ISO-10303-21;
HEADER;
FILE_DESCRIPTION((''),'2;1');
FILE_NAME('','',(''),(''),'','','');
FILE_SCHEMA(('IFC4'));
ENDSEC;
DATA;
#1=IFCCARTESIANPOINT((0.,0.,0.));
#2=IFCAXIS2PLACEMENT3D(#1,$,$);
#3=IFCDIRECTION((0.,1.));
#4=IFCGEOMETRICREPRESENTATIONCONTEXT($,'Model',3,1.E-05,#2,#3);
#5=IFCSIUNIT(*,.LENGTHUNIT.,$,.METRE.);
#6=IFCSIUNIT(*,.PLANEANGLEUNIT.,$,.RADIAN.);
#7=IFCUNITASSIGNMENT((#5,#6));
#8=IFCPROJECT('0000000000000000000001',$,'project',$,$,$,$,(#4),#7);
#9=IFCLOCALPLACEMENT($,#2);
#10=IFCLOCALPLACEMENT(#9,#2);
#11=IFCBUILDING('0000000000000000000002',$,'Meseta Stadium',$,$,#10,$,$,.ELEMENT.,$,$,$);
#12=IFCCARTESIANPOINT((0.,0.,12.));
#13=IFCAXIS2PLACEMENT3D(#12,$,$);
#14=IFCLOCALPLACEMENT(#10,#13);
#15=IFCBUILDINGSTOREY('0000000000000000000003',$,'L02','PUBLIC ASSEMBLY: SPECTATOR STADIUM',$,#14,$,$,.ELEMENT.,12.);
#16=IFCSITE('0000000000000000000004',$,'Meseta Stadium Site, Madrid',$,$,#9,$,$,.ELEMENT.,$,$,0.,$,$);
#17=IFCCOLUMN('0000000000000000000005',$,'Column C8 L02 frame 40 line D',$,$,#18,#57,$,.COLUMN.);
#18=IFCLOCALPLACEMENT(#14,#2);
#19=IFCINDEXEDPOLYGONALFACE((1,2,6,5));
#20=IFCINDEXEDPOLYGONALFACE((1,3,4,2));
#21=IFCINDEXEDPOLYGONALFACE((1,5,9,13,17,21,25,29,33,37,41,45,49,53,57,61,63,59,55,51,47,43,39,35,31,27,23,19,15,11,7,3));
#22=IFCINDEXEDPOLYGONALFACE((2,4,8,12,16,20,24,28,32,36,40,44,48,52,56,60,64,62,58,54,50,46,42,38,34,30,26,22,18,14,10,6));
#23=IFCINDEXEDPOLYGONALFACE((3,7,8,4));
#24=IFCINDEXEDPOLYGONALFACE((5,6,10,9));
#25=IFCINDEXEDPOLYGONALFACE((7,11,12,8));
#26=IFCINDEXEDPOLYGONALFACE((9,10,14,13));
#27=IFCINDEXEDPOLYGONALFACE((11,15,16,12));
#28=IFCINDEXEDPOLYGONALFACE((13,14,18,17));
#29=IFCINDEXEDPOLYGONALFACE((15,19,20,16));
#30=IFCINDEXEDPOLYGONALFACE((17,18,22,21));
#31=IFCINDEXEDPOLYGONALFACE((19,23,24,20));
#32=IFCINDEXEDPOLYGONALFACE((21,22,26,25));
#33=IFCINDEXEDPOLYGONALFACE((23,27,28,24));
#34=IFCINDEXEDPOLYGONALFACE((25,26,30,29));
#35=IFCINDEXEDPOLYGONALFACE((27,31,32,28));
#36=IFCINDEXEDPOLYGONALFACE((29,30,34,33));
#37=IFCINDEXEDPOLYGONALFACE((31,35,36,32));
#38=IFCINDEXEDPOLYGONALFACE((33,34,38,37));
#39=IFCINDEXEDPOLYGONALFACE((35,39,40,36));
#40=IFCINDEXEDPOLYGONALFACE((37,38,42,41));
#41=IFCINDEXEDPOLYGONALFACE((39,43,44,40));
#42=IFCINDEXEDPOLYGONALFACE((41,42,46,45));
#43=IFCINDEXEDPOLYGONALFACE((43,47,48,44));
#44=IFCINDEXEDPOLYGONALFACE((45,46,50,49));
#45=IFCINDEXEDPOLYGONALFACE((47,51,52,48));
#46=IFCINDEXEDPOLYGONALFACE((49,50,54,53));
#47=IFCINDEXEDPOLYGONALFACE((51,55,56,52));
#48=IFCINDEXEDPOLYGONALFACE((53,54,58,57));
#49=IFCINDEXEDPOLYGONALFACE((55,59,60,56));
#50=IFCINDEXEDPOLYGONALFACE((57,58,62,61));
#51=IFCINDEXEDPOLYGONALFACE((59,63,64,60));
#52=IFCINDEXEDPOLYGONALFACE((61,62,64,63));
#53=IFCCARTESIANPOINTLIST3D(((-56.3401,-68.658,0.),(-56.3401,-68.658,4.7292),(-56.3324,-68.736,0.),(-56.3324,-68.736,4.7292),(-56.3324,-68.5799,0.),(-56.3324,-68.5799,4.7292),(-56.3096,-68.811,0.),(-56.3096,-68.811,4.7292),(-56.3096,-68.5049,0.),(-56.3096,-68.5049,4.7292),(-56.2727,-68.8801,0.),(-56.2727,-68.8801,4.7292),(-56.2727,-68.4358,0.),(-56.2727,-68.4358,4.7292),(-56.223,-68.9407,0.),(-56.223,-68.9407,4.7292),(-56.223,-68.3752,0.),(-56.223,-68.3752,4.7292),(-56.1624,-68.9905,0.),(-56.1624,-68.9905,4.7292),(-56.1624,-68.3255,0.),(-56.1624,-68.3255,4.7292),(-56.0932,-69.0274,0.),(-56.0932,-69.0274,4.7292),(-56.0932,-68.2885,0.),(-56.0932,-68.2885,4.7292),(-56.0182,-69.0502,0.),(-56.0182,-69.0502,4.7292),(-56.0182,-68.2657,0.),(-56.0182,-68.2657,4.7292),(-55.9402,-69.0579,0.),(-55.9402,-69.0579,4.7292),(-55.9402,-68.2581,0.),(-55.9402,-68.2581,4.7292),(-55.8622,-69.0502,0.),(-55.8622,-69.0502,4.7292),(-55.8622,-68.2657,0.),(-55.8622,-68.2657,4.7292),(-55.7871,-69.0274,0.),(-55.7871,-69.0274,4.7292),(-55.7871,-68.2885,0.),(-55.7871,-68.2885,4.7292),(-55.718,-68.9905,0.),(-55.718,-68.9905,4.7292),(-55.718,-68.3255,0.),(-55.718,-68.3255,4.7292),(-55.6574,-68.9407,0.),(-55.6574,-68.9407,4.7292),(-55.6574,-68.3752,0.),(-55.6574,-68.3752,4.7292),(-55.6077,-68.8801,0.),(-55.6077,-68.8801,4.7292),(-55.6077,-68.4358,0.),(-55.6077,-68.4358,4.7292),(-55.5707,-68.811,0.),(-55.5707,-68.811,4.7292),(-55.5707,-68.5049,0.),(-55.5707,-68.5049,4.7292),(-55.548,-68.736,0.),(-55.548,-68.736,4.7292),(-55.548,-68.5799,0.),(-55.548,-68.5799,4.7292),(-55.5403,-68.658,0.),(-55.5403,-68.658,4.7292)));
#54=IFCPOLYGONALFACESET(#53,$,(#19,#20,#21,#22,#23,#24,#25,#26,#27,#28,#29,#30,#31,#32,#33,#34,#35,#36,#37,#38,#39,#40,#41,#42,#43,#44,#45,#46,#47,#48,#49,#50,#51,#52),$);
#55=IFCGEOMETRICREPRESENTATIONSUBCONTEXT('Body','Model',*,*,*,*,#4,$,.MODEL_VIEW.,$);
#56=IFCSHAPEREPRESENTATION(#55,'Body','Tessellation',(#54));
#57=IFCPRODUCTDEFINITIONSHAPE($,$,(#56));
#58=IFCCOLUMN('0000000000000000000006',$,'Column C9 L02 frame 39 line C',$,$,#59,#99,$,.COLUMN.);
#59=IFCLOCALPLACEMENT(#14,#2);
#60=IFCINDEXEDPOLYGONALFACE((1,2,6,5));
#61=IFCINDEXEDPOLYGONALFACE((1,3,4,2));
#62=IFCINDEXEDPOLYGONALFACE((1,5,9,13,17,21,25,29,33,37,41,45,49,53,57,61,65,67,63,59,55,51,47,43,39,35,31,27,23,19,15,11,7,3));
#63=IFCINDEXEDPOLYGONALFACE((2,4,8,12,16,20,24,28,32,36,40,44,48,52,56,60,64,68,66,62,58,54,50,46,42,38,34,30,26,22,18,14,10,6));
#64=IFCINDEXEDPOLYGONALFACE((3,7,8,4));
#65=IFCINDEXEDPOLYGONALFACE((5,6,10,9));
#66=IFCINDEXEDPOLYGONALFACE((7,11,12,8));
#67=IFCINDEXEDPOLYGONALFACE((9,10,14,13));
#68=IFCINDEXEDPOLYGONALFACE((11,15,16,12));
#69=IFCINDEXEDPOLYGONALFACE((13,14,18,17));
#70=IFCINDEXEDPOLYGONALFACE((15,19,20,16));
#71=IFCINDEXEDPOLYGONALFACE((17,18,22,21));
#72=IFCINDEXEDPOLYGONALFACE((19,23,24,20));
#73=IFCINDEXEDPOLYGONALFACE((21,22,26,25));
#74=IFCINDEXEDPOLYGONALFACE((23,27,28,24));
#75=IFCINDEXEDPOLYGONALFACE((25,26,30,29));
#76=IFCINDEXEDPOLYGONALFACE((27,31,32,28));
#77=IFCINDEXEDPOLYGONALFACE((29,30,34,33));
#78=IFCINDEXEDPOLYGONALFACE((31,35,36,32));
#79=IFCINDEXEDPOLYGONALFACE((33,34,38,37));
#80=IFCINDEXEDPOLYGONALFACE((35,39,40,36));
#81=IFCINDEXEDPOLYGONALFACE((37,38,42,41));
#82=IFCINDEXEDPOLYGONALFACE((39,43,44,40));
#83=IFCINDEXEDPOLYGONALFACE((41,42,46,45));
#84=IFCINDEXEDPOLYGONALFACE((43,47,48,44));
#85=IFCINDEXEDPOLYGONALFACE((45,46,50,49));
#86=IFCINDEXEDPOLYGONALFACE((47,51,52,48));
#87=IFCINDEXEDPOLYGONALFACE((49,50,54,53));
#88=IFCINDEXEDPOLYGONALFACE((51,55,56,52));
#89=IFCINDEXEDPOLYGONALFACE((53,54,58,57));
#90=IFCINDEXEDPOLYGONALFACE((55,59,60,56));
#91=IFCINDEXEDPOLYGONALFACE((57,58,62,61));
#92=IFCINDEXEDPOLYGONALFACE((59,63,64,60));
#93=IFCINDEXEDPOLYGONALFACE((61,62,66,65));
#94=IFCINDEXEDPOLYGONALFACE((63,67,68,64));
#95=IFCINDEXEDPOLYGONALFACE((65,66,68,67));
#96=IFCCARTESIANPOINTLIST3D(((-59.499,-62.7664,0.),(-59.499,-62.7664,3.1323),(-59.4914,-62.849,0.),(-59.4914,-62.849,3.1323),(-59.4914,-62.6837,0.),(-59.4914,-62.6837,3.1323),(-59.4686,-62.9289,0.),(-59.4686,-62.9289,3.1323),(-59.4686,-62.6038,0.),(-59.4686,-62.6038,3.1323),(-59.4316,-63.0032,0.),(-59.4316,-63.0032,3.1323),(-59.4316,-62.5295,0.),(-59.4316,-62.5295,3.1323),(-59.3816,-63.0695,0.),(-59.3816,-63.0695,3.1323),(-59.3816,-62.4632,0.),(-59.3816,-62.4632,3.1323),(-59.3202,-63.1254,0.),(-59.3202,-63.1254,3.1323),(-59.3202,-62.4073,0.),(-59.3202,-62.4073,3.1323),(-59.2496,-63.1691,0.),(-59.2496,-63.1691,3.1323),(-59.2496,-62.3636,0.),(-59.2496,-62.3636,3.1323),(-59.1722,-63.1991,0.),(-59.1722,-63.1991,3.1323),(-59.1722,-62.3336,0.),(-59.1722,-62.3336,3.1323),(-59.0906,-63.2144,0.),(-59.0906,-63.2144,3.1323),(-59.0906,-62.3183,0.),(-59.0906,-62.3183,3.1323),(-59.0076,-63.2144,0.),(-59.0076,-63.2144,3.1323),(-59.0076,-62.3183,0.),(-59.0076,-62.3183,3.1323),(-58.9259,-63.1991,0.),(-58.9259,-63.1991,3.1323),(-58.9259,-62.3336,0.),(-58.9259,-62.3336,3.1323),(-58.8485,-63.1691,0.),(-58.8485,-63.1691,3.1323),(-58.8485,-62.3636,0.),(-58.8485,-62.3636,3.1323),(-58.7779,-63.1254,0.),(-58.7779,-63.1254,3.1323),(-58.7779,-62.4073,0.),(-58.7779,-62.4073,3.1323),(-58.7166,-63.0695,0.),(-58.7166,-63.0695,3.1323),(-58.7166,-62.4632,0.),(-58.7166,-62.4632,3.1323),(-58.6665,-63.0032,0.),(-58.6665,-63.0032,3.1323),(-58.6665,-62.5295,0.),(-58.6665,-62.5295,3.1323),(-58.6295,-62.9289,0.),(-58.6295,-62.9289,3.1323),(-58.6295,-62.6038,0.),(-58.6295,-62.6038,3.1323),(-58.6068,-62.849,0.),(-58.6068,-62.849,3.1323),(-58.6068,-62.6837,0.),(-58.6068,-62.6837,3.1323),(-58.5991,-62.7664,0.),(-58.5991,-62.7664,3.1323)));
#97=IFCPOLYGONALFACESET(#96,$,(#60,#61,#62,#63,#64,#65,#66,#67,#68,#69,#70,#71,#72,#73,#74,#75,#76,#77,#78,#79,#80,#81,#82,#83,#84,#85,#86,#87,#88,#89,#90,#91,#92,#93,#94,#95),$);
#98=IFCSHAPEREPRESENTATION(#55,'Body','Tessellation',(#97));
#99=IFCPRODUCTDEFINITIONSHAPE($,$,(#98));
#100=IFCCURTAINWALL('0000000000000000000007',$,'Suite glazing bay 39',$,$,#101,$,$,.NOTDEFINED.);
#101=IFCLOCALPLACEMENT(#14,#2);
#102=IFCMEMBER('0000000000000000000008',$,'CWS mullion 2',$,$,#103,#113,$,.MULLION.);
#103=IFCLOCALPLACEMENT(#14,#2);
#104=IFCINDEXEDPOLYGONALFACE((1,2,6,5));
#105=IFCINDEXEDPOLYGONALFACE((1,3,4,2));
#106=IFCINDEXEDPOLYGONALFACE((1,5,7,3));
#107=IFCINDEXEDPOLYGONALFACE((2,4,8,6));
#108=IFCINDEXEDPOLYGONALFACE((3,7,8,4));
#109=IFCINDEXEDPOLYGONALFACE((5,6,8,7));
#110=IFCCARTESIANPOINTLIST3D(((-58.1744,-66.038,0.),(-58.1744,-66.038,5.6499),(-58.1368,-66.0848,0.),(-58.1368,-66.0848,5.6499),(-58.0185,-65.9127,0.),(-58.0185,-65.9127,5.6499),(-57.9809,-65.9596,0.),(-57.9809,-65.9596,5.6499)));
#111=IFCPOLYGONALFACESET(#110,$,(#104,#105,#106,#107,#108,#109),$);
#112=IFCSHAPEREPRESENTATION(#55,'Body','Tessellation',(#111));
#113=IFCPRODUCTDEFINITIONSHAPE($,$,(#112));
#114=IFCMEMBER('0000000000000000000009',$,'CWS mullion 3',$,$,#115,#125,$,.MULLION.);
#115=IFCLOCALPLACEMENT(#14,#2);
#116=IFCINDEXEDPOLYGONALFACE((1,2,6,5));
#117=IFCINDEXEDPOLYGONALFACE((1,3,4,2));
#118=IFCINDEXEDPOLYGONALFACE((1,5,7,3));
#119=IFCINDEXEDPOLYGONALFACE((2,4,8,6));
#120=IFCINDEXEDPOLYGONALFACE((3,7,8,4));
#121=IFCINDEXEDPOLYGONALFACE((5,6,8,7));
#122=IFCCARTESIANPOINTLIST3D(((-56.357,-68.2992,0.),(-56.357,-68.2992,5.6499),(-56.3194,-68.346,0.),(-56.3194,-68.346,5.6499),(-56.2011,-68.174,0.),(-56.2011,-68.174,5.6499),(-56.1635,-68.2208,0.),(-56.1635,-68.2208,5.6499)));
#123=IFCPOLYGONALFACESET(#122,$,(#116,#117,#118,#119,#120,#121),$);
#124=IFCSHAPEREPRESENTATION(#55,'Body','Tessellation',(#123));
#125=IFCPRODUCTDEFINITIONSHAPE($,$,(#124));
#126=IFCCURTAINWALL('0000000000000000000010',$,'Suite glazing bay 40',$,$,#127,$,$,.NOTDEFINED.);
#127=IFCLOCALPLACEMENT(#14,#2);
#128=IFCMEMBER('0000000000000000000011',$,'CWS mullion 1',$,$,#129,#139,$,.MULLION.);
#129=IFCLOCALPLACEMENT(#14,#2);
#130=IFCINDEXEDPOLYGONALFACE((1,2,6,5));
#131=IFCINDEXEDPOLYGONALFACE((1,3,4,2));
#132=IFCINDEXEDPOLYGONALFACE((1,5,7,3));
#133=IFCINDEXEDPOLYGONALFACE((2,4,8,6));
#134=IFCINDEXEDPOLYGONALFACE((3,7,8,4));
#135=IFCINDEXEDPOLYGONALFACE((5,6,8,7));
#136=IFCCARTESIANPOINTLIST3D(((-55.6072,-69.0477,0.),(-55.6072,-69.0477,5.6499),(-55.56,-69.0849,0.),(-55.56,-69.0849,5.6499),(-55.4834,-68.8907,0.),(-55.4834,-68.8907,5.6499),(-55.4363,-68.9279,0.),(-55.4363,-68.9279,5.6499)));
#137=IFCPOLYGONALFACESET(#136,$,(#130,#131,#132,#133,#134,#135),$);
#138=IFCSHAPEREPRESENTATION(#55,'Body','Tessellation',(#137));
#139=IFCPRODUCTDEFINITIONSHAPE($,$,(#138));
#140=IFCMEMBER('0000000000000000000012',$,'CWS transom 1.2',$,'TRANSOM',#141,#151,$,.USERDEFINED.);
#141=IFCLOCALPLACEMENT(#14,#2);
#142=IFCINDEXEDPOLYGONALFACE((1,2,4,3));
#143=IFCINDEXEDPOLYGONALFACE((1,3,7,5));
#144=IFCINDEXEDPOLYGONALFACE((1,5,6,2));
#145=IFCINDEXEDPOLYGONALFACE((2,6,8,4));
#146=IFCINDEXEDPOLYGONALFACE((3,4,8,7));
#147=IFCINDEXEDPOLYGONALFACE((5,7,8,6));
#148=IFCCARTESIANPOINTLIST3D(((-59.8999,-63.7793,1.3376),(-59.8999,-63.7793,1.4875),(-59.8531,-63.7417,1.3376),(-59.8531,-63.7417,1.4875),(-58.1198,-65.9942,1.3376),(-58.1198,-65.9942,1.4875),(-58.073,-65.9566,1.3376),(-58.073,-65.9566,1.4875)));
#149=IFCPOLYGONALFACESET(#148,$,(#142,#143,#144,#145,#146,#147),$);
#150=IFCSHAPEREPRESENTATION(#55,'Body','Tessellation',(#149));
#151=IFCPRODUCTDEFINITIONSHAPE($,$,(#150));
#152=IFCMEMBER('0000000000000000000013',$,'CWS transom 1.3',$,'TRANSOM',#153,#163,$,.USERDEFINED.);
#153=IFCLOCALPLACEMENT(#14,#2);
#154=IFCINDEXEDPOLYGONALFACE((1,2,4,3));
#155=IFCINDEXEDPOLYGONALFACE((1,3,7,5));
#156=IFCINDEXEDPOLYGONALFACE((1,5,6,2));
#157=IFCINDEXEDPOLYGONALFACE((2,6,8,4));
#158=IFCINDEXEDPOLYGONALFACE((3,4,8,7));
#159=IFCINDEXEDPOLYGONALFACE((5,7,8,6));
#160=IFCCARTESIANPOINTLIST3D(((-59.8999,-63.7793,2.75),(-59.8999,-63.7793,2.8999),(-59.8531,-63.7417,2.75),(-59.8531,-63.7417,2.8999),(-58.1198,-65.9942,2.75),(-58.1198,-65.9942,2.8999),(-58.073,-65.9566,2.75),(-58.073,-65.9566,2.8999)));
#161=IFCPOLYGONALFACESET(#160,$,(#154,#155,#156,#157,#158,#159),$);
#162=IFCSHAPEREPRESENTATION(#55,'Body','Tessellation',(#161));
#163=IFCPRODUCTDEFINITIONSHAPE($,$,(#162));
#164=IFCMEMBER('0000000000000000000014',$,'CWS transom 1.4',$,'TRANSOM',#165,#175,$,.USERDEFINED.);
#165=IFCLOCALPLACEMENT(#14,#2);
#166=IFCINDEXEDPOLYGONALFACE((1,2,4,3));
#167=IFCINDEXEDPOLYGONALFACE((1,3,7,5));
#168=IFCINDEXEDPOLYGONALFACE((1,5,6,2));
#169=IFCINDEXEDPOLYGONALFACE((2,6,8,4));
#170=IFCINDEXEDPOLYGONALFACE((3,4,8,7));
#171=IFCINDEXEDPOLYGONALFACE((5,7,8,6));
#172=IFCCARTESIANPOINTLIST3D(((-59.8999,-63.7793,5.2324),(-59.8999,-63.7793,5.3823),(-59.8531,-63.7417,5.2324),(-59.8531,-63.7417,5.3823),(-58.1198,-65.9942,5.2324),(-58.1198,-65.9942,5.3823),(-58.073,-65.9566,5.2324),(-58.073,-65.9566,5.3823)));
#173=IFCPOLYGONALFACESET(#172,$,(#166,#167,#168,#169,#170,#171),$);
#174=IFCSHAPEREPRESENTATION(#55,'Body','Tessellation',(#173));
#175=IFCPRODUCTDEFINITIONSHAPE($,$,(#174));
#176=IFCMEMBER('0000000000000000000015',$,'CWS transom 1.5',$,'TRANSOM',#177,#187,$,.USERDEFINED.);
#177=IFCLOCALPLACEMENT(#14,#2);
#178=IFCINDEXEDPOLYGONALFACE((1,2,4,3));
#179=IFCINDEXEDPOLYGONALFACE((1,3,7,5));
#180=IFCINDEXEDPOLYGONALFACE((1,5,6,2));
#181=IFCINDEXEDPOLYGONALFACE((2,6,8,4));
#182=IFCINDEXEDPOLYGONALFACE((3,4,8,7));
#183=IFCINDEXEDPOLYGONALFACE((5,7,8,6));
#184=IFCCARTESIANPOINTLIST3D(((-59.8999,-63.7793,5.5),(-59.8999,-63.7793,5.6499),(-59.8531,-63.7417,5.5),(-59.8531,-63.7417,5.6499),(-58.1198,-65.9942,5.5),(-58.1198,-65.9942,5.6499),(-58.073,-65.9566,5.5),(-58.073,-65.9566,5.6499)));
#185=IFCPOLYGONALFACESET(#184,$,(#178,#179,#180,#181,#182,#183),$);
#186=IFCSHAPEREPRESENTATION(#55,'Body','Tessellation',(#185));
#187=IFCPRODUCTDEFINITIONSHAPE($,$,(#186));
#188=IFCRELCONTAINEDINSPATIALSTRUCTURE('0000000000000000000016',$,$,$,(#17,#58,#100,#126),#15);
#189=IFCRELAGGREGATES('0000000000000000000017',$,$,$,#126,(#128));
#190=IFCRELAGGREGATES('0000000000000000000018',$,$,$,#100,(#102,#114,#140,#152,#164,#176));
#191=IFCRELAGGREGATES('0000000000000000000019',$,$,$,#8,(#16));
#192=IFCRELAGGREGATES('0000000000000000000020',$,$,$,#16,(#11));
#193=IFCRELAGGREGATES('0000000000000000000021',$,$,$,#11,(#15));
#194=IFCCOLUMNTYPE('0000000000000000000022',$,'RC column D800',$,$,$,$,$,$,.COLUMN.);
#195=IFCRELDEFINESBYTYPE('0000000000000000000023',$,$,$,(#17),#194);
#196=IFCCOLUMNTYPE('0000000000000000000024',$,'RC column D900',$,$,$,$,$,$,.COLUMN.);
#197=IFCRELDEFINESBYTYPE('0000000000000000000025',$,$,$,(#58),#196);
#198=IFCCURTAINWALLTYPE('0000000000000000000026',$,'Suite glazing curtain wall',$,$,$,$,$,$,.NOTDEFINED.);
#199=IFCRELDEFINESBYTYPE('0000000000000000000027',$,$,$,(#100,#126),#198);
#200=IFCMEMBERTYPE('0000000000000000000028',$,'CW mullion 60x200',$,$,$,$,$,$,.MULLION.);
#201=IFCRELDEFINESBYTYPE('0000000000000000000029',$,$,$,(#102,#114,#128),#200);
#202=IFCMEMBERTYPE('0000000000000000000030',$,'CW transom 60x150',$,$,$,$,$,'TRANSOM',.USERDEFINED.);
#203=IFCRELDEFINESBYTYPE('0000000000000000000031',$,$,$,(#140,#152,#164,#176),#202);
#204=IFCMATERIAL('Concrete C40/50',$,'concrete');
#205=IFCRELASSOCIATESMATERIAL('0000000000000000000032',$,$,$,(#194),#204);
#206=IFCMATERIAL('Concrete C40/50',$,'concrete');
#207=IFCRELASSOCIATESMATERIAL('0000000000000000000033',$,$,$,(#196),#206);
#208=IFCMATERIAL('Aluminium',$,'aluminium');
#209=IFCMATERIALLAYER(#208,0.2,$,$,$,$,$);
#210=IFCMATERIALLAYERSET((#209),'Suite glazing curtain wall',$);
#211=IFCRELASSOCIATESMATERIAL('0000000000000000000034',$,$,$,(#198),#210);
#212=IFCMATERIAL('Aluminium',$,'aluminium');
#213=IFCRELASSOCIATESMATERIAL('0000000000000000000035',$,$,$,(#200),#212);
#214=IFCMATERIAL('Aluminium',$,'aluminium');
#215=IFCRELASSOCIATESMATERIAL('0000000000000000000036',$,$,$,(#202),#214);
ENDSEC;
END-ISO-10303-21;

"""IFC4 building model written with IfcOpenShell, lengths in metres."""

from ifc_helpers import new_model, si_unit, direction, frame, origin, origin_2d, place, context, subcontext, project, spatial, rectangle, circle, extrude, material, layer, layer_set, material_profile, profile_set, type_object, element, aggregate, save


model = new_model("IFC4")

# Units and contexts
model_context = context("Model", 3, precision=1e-05, world=origin(), true_north=direction((0.0, 1.0)))
body_context = subcontext(model_context, "Body", "Model", "MODEL_VIEW")
ifc_project = project(units=[si_unit("LENGTHUNIT", "METRE"), si_unit("PLANEANGLEUNIT", "RADIAN")], contexts=[model_context])

# Site, building, storey
site_placement = place(None, origin())
site = spatial("IfcSite", under=ifc_project, at=site_placement, Name="Meseta Stadium Site, Madrid", CompositionType="ELEMENT", RefElevation=0.0)
building_placement = place(site_placement, origin())
building = spatial("IfcBuilding", under=site, at=building_placement, Name="Meseta Stadium", CompositionType="ELEMENT")
storey_placement = place(building_placement, frame((0.0, 0.0, 12.0)))
storey = spatial("IfcBuildingStorey", under=building, at=storey_placement, Name="L02", Description="PUBLIC ASSEMBLY: SPECTATOR STADIUM", CompositionType="ELEMENT", Elevation=12.0)

# Columns
ifc_material_1 = material(Name="Concrete C40/50", Category="concrete")
ifc_material_profile_1 = material_profile(ifc_material_1, circle(Radius=0.3999, at=origin_2d()), Name="RC D800")
ifc_profile_set_1 = profile_set([ifc_material_profile_1], Name="Concrete C40/50")
column_type_1 = type_object("IfcColumnType", Name="RC column D800", PredefinedType="COLUMN", material=ifc_profile_set_1)
column_1_placement = place(storey_placement, frame((-55.9402, -68.658, 0.0), z_axis=(0.0, 0.0, 1.0), x_axis=(1.0, 0.0, 0.0)))
element("IfcColumn", 1, at=column_1_placement, inside=storey, type_object=column_type_1, Name="Column C8 L02 frame 40 line D", PredefinedType="COLUMN", context=body_context, shape_type="SweptSolid", body=[
    extrude(circle(Radius=0.3999, at=origin_2d()), origin(), (0.0, 0.0, 1.0), 4.7292),
])
ifc_material_2 = material(Name="Concrete C40/50", Category="concrete")
ifc_material_profile_2 = material_profile(ifc_material_2, circle(Radius=0.45, at=origin_2d()), Name="RC D900")
ifc_profile_set_2 = profile_set([ifc_material_profile_2], Name="Concrete C40/50")
column_type_2 = type_object("IfcColumnType", Name="RC column D900", PredefinedType="COLUMN", material=ifc_profile_set_2)
column_2_placement = place(storey_placement, frame((-59.0491, -62.7664, 0.0), z_axis=(0.0, 0.0, 1.0), x_axis=(1.0, 0.0, 0.0)))
element("IfcColumn", 2, at=column_2_placement, inside=storey, type_object=column_type_2, Name="Column C9 L02 frame 39 line C", PredefinedType="COLUMN", context=body_context, shape_type="SweptSolid", body=[
    extrude(circle(Radius=0.45, at=origin_2d()), origin(), (0.0, 0.0, 1.0), 3.1323),
])

# Curtain wall, members
ifc_material_3 = material(Name="Aluminium", Category="aluminium")
ifc_layer_1 = layer(ifc_material_3, 0.2)
ifc_layer_set_1 = layer_set([ifc_layer_1], Name="Suite glazing curtain wall")
curtain_wall_type = type_object("IfcCurtainWallType", Name="Suite glazing curtain wall", PredefinedType="NOTDEFINED", material=ifc_layer_set_1)
curtain_wall_1_placement = place(storey_placement, origin())
curtain_wall_1 = element("IfcCurtainWall", 3, at=curtain_wall_1_placement, inside=storey, type_object=curtain_wall_type, Name="Suite glazing bay 39", PredefinedType="NOTDEFINED")
ifc_material_4 = material(Name="Aluminium", Category="aluminium")
ifc_material_profile_3 = material_profile(ifc_material_4, rectangle(XDim=0.2, YDim=0.0601, at=origin_2d()), Name="CW 200x60")
ifc_profile_set_3 = profile_set([ifc_material_profile_3], Name="Aluminium")
member_type_1 = type_object("IfcMemberType", Name="CW mullion 60x200", PredefinedType="MULLION", material=ifc_profile_set_3)
member_1_placement = place(storey_placement, frame((-58.0776, -65.9988, 0.0), z_axis=(0.0, 0.0, 1.0), x_axis=(0.779454, 0.62646, 0.0)))
member_1 = element("IfcMember", 4, at=member_1_placement, type_object=member_type_1, Name="CWS mullion 2", PredefinedType="MULLION", context=body_context, shape_type="SweptSolid", body=[
    extrude(rectangle(XDim=0.2, YDim=0.0601, at=origin_2d()), origin(), (0.0, 0.0, 1.0), 5.6499),
])
member_2_placement = place(storey_placement, frame((-56.2603, -68.26, 0.0), z_axis=(0.0, 0.0, 1.0), x_axis=(0.779454, 0.62646, 0.0)))
member_2 = element("IfcMember", 5, at=member_2_placement, type_object=member_type_1, Name="CWS mullion 3", PredefinedType="MULLION", context=body_context, shape_type="SweptSolid", body=[
    extrude(rectangle(XDim=0.2, YDim=0.0601, at=origin_2d()), origin(), (0.0, 0.0, 1.0), 5.6499),
])

# Curtain wall, member
curtain_wall_2_placement = place(storey_placement, origin())
curtain_wall_2 = element("IfcCurtainWall", 6, at=curtain_wall_2_placement, inside=storey, type_object=curtain_wall_type, Name="Suite glazing bay 40", PredefinedType="NOTDEFINED")
member_3_placement = place(storey_placement, frame((-55.5217, -68.9878, 0.0), z_axis=(0.0, 0.0, 1.0), x_axis=(0.618944, 0.785435, 0.0)))
member_3 = element("IfcMember", 7, at=member_3_placement, type_object=member_type_1, Name="CWS mullion 1", PredefinedType="MULLION", context=body_context, shape_type="SweptSolid", body=[
    extrude(rectangle(XDim=0.2, YDim=0.0601, at=origin_2d()), origin(), (0.0, 0.0, 1.0), 5.6499),
])

# Members
ifc_material_5 = material(Name="Aluminium", Category="aluminium")
ifc_material_profile_4 = material_profile(ifc_material_5, rectangle(XDim=0.0601, YDim=0.1499, at=origin_2d()), Name="CW 60x150")
ifc_profile_set_4 = profile_set([ifc_material_profile_4], Name="Aluminium")
member_type_2 = type_object("IfcMemberType", Name="CW transom 60x150", ElementType="TRANSOM", PredefinedType="USERDEFINED", material=ifc_profile_set_4)
member_4_placement = place(storey_placement, frame((-59.8765, -63.7605, 1.4126), z_axis=(0.626443, -0.779467, 0.0), x_axis=(0.779467, 0.626443, 0.0)))
member_4 = element("IfcMember", 8, at=member_4_placement, type_object=member_type_2, Name="CWS transom 1.2", ObjectType="TRANSOM", PredefinedType="USERDEFINED", context=body_context, shape_type="SweptSolid", body=[
    extrude(rectangle(XDim=0.0601, YDim=0.1499, at=origin_2d()), origin(), (0.0, 0.0, 1.0), 2.8416),
])
member_5_placement = place(storey_placement, frame((-59.8765, -63.7605, 2.825), z_axis=(0.626443, -0.779467, 0.0), x_axis=(0.779467, 0.626443, 0.0)))
member_5 = element("IfcMember", 9, at=member_5_placement, type_object=member_type_2, Name="CWS transom 1.3", ObjectType="TRANSOM", PredefinedType="USERDEFINED", context=body_context, shape_type="SweptSolid", body=[
    extrude(rectangle(XDim=0.0601, YDim=0.1499, at=origin_2d()), origin(), (0.0, 0.0, 1.0), 2.8416),
])
member_6_placement = place(storey_placement, frame((-59.8765, -63.7605, 5.3074), z_axis=(0.626443, -0.779467, 0.0), x_axis=(0.779467, 0.626443, 0.0)))
member_6 = element("IfcMember", 10, at=member_6_placement, type_object=member_type_2, Name="CWS transom 1.4", ObjectType="TRANSOM", PredefinedType="USERDEFINED", context=body_context, shape_type="SweptSolid", body=[
    extrude(rectangle(XDim=0.0601, YDim=0.1499, at=origin_2d()), origin(), (0.0, 0.0, 1.0), 2.8416),
])
member_7_placement = place(storey_placement, frame((-59.8765, -63.7605, 5.575), z_axis=(0.626443, -0.779467, 0.0), x_axis=(0.779467, 0.626443, 0.0)))
member_7 = element("IfcMember", 11, at=member_7_placement, type_object=member_type_2, Name="CWS transom 1.5", ObjectType="TRANSOM", PredefinedType="USERDEFINED", context=body_context, shape_type="SweptSolid", body=[
    extrude(rectangle(XDim=0.0601, YDim=0.1499, at=origin_2d()), origin(), (0.0, 0.0, 1.0), 2.8416),
])
aggregate(curtain_wall_2, [member_3])

aggregate(curtain_wall_1, [member_1, member_2, member_4, member_5, member_6, member_7])

save(model, "model.ifc")
